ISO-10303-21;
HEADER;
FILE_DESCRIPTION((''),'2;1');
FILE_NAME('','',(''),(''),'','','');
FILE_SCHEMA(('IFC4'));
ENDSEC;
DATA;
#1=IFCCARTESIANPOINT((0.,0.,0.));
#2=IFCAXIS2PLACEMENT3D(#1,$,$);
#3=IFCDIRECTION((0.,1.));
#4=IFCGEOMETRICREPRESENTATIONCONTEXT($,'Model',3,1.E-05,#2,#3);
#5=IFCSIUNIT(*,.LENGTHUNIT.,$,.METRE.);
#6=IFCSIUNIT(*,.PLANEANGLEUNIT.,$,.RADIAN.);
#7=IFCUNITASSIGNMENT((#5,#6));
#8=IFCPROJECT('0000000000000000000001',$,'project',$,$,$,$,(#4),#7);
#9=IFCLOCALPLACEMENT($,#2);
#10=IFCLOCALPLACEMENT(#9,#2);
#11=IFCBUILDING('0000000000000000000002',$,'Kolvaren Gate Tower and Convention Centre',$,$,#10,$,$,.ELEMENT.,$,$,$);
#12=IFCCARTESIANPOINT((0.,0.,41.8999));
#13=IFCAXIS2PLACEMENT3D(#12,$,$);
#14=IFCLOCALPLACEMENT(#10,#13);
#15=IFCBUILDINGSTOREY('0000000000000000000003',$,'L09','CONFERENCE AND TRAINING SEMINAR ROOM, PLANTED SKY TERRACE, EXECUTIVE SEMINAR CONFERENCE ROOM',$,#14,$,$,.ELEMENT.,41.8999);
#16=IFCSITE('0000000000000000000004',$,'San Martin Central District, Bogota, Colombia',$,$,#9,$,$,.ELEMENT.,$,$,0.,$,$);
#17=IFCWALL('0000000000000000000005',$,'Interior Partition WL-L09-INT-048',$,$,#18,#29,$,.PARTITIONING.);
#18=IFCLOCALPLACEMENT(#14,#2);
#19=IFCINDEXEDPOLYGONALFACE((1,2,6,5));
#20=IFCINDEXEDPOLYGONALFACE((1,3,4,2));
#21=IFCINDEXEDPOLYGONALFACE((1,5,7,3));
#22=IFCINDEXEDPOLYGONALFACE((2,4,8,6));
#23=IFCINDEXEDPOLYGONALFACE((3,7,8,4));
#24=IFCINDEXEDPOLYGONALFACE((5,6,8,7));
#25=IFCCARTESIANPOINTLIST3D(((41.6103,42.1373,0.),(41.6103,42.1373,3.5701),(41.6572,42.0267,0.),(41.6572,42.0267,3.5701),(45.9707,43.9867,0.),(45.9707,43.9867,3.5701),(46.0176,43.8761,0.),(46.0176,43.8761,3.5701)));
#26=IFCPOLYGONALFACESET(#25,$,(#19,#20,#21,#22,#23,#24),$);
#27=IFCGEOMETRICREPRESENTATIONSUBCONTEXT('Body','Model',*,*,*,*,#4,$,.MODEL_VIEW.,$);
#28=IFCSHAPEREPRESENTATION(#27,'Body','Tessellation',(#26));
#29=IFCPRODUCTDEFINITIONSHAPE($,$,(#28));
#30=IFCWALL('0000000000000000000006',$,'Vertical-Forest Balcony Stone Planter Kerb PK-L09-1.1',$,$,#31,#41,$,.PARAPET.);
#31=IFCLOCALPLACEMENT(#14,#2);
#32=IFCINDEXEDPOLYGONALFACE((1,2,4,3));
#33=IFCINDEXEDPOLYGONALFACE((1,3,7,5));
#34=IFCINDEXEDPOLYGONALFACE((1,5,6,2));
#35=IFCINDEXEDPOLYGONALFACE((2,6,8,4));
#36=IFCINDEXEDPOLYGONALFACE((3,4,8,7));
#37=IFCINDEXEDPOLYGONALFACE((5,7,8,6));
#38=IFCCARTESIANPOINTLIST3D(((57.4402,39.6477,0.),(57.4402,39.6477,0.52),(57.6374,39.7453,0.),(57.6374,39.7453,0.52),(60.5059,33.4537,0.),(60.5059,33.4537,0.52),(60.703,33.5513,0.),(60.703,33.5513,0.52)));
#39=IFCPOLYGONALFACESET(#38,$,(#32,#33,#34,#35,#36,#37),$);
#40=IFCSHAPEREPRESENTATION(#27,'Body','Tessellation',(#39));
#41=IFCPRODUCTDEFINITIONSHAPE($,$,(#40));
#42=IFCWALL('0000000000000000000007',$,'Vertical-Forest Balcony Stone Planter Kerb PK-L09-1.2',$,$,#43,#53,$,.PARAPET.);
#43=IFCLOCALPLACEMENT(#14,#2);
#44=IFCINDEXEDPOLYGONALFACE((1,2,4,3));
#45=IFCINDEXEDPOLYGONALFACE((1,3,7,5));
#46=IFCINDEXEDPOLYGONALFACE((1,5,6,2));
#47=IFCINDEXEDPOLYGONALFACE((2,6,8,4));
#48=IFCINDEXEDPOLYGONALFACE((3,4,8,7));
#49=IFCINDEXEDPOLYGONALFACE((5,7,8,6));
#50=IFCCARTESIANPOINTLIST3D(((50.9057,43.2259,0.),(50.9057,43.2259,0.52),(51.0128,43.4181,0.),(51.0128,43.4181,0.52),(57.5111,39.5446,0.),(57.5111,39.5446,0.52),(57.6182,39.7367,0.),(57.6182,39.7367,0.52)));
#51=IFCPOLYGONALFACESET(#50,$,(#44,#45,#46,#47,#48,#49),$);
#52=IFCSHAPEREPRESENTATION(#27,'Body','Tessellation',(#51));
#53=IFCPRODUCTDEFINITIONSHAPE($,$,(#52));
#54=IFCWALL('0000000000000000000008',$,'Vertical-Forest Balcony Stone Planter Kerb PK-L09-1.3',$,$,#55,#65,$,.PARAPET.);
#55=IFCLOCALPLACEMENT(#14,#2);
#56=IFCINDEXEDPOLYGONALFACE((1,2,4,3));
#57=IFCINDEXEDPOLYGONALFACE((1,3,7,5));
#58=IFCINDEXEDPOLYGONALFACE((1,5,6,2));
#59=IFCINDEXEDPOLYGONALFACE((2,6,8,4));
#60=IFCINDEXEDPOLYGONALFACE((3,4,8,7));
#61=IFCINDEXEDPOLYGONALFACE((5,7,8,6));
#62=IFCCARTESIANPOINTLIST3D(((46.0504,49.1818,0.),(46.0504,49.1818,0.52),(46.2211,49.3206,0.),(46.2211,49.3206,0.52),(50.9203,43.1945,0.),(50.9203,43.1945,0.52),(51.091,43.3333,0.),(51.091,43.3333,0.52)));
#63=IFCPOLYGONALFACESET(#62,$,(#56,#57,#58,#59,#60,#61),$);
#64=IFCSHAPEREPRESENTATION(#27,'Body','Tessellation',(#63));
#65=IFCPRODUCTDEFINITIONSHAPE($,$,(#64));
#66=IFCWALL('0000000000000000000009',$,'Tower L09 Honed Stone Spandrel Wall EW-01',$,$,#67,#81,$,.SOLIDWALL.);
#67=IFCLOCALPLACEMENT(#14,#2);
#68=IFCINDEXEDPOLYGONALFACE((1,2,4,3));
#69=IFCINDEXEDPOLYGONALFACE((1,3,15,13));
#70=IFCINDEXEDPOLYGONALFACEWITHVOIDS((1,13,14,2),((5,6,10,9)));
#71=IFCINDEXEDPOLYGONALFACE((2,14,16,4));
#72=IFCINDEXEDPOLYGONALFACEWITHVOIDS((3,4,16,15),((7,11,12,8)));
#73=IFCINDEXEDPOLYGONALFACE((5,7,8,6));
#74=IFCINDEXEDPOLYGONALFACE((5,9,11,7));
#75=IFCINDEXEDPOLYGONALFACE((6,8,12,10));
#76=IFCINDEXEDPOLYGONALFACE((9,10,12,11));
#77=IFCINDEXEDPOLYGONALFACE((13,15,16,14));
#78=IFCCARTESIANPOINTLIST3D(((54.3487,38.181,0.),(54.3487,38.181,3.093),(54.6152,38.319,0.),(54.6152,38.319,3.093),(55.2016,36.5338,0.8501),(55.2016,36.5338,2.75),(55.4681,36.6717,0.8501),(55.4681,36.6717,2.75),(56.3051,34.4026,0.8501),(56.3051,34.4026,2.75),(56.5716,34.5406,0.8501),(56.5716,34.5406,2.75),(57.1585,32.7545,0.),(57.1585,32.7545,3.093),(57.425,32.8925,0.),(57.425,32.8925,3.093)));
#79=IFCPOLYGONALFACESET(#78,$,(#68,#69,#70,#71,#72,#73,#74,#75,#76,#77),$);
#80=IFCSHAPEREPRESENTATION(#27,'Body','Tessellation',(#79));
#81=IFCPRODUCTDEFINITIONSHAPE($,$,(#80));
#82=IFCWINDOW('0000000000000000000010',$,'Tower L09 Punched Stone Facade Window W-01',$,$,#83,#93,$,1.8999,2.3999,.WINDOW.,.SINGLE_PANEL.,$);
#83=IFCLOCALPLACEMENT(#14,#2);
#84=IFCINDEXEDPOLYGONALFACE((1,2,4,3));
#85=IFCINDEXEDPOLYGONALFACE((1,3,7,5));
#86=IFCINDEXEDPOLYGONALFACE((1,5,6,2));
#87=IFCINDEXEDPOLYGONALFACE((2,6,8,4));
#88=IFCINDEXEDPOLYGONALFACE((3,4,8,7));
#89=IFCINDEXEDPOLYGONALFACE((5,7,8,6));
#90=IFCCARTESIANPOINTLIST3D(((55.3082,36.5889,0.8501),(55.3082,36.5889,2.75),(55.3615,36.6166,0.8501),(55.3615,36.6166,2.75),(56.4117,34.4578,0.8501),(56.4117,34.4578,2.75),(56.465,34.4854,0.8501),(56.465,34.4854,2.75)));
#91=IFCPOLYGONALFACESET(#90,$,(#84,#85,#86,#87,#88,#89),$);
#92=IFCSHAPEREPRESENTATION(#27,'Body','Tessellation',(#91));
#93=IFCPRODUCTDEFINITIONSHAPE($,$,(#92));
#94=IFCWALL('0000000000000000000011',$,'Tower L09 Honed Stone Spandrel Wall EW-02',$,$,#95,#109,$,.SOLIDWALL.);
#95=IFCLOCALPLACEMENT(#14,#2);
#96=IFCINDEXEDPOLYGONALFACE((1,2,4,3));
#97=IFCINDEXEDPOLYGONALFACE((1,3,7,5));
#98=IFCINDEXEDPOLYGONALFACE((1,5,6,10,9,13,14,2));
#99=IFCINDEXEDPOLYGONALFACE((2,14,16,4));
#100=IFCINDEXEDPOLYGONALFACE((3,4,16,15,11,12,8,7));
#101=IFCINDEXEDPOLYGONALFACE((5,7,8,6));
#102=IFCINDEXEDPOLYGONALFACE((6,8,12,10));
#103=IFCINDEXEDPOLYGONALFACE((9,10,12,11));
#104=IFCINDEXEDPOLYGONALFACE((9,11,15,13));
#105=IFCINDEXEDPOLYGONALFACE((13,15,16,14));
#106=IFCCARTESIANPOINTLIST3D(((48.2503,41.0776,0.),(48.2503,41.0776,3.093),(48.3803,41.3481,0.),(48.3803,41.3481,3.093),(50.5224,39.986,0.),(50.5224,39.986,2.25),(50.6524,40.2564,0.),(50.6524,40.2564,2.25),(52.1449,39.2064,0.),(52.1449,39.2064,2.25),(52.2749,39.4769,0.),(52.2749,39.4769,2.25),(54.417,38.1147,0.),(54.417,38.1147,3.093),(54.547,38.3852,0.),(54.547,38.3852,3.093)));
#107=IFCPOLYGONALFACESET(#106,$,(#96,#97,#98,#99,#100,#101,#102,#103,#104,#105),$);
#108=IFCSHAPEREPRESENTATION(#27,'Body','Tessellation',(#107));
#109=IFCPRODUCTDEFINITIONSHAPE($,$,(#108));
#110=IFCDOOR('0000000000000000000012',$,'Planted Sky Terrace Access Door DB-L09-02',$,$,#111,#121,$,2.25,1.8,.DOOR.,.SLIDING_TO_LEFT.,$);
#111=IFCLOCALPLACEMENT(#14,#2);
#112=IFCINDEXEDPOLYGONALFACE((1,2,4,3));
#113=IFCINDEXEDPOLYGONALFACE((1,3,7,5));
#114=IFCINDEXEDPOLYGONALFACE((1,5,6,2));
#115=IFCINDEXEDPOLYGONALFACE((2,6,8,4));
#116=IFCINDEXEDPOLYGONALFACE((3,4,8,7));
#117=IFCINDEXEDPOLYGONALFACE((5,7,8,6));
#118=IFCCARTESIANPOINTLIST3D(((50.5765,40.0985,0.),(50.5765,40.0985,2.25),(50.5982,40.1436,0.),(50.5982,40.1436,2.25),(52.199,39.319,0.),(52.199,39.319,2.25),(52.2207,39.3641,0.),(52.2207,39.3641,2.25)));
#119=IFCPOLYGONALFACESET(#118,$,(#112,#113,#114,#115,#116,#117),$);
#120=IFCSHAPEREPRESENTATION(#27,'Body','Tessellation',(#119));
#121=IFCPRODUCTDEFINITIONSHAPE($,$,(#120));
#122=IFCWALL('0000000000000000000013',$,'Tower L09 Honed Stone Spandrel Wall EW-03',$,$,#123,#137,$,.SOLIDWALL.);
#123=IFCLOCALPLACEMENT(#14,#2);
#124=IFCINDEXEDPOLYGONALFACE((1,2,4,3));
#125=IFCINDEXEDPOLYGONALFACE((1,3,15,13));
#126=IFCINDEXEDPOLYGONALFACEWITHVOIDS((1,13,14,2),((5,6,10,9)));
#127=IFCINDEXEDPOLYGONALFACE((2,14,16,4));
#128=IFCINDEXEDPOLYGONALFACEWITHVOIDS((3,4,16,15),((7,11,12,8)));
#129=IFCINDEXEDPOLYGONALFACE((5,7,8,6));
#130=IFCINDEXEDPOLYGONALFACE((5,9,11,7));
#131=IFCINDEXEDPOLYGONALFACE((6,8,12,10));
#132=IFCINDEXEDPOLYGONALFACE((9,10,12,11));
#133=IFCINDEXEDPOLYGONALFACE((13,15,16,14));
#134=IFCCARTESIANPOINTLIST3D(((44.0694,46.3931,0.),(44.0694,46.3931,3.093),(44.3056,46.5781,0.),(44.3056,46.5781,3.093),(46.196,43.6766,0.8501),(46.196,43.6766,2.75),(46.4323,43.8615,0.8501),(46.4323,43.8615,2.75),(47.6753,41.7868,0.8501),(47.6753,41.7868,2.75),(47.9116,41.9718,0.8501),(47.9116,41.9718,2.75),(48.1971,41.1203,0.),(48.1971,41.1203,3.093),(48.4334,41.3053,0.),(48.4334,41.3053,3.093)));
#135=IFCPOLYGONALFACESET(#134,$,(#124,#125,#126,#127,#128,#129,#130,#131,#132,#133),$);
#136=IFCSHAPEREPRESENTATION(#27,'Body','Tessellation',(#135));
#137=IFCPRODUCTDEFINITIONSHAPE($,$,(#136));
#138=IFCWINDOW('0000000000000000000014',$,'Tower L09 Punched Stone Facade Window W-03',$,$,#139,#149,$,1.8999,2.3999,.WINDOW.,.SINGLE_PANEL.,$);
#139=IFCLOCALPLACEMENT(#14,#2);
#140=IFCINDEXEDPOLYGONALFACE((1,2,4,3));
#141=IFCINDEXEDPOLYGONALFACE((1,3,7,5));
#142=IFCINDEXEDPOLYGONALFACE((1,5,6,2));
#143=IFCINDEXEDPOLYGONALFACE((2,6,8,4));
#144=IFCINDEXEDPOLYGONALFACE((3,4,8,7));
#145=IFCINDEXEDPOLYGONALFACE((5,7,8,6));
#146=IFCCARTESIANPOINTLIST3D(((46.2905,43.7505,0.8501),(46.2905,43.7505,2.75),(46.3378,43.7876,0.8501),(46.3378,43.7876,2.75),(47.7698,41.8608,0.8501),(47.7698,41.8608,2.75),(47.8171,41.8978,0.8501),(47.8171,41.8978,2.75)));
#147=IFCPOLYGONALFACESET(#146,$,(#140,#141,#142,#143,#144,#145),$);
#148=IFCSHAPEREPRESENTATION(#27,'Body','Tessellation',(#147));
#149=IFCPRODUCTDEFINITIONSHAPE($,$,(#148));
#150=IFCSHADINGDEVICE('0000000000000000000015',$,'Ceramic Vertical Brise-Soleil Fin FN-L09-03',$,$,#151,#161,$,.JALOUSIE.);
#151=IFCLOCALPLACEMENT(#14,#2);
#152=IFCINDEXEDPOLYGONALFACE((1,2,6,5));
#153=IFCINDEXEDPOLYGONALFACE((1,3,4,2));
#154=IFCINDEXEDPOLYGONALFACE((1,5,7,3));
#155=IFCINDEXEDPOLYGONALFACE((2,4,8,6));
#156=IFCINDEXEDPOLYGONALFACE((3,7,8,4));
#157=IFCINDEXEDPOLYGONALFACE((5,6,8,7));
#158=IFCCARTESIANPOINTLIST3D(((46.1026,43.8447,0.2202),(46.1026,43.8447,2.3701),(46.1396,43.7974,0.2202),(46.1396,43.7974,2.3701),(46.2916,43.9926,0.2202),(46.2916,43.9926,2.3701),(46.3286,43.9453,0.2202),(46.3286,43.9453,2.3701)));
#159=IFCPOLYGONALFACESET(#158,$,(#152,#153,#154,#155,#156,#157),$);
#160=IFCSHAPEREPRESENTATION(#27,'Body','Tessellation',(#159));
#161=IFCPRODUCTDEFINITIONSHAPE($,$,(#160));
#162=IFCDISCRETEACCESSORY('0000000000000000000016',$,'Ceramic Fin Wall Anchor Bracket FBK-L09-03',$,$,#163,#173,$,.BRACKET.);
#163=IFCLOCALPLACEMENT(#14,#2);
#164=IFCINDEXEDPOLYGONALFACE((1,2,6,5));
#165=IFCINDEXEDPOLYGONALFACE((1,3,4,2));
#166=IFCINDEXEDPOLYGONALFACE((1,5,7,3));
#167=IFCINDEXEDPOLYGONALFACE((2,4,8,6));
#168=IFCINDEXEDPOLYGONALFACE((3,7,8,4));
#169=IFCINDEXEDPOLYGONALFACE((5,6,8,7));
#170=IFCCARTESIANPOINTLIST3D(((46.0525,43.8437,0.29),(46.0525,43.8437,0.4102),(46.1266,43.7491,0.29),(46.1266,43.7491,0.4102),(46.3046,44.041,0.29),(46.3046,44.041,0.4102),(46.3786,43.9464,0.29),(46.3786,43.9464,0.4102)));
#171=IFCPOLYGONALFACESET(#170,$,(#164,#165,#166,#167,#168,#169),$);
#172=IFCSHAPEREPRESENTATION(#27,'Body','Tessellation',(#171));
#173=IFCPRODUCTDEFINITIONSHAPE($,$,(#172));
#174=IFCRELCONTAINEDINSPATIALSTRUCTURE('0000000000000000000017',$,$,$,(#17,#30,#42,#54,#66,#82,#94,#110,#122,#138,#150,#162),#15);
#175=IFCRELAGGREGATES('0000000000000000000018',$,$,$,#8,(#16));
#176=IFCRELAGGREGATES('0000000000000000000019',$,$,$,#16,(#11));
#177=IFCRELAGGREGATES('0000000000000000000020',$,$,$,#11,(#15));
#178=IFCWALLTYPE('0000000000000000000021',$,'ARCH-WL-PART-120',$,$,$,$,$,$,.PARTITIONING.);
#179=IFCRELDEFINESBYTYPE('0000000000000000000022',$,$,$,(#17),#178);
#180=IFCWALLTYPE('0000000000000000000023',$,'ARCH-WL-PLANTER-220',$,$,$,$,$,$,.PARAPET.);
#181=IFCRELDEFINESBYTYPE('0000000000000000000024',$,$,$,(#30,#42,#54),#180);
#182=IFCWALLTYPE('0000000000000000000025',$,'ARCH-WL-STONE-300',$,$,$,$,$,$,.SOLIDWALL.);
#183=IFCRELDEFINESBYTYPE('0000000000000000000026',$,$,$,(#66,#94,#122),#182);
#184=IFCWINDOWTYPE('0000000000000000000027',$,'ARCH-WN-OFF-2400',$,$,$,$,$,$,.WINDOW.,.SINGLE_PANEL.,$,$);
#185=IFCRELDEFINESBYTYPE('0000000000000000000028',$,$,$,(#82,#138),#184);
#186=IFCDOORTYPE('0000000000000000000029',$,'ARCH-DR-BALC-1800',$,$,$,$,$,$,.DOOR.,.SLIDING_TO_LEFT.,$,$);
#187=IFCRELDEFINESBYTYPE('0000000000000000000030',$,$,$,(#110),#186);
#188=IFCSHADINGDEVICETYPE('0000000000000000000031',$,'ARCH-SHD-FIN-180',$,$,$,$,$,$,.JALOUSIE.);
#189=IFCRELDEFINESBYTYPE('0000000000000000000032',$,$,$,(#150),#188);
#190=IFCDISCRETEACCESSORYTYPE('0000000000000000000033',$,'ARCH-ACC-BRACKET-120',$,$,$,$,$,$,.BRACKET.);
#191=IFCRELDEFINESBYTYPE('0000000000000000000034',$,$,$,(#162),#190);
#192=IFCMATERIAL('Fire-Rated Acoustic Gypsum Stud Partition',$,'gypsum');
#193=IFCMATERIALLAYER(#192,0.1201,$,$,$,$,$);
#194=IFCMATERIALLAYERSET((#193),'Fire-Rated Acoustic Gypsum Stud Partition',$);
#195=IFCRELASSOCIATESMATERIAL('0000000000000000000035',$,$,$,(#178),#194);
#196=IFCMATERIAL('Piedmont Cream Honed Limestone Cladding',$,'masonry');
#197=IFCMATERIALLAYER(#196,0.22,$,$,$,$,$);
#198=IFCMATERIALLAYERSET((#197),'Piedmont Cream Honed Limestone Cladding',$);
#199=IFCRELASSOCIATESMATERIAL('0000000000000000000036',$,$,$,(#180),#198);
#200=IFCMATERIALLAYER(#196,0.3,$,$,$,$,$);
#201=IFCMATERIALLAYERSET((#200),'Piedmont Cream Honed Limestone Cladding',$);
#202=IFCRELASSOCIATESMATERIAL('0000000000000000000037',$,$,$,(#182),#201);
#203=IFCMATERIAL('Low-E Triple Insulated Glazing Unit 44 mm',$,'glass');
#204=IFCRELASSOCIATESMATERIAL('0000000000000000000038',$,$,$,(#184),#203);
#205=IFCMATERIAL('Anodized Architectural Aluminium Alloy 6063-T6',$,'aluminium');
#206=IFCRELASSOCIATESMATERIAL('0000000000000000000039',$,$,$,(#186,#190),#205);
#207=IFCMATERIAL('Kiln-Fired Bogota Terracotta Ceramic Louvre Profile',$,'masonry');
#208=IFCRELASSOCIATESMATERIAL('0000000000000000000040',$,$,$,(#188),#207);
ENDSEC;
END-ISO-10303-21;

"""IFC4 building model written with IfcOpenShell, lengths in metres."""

from ifc_helpers import new_model, si_unit, direction, frame, frame_2d, origin, origin_2d, place, context, subcontext, project, spatial, rectangle, extrude, material, layer, layer_set, type_object, element, fill, save


model = new_model("IFC4")

# Units and contexts
model_context = context("Model", 3, precision=1e-05, world=origin(), true_north=direction((0.0, 1.0)))
body_context = subcontext(model_context, "Body", "Model", "MODEL_VIEW")
ifc_project = project(units=[si_unit("LENGTHUNIT", "METRE"), si_unit("PLANEANGLEUNIT", "RADIAN")], contexts=[model_context])

# Site, building, storey
site_placement = place(None, origin())
site = spatial("IfcSite", under=ifc_project, at=site_placement, Name="San Martin Central District, Bogota, Colombia", CompositionType="ELEMENT", RefElevation=0.0)
building_placement = place(site_placement, origin())
building = spatial("IfcBuilding", under=site, at=building_placement, Name="Kolvaren Gate Tower and Convention Centre", CompositionType="ELEMENT")
storey_placement = place(building_placement, frame((0.0, 0.0, 41.8999)))
storey = spatial("IfcBuildingStorey", under=building, at=storey_placement, Name="L09", Description="CONFERENCE AND TRAINING SEMINAR ROOM, PLANTED SKY TERRACE, EXECUTIVE SEMINAR CONFERENCE ROOM", CompositionType="ELEMENT", Elevation=41.8999)

# Walls
ifc_material_1 = material(Name="Fire-Rated Acoustic Gypsum Stud Partition", Category="gypsum")
ifc_layer_1 = layer(ifc_material_1, 0.1201)
ifc_layer_set_1 = layer_set([ifc_layer_1], Name="Fire-Rated Acoustic Gypsum Stud Partition")
wall_type_1 = type_object("IfcWallType", Name="ARCH-WL-PART-120", PredefinedType="PARTITIONING", material=ifc_layer_set_1)
wall_1_placement = place(storey_placement, frame((41.6338, 42.082, 0.0), z_axis=(0.0, 0.0, 1.0), x_axis=(0.920618, 0.390464, 0.0)))
element("IfcWall", 1, at=wall_1_placement, inside=storey, type_object=wall_type_1, Name="Interior Partition WL-L09-INT-048", PredefinedType="PARTITIONING", context=body_context, shape_type="SweptSolid", body=[
    extrude(rectangle(XDim=4.7363, YDim=0.1201, at=frame_2d((2.3682, 0.0))), origin(), (0.0, 0.0, 1.0), 3.5701),
])
ifc_material_2 = material(Name="Piedmont Cream Honed Limestone Cladding", Category="masonry")
ifc_layer_2 = layer(ifc_material_2, 0.22)
ifc_layer_set_2 = layer_set([ifc_layer_2], Name="Piedmont Cream Honed Limestone Cladding")
wall_type_2 = type_object("IfcWallType", Name="ARCH-WL-PLANTER-220", PredefinedType="PARAPET", material=ifc_layer_set_2)
wall_2_placement = place(storey_placement, frame((57.5388, 39.6965, 0.0), z_axis=(0.0, 0.0, 1.0), x_axis=(0.443578, -0.896236, 0.0)))
element("IfcWall", 2, at=wall_2_placement, inside=storey, type_object=wall_type_2, Name="Vertical-Forest Balcony Stone Planter Kerb PK-L09-1.1", PredefinedType="PARAPET", context=body_context, shape_type="SweptSolid", body=[
    extrude(rectangle(XDim=6.9111, YDim=0.22, at=frame_2d((3.4556, 0.0))), origin(), (0.0, 0.0, 1.0), 0.52),
])
wall_3_placement = place(storey_placement, frame((50.9592, 43.322, 0.0), z_axis=(0.0, 0.0, 1.0), x_axis=(0.8735, -0.486824, 0.0)))
element("IfcWall", 3, at=wall_3_placement, inside=storey, type_object=wall_type_2, Name="Vertical-Forest Balcony Stone Planter Kerb PK-L09-1.2", PredefinedType="PARAPET", context=body_context, shape_type="SweptSolid", body=[
    extrude(rectangle(XDim=7.562, YDim=0.22, at=frame_2d((3.781, 0.0))), origin(), (0.0, 0.0, 1.0), 0.52),
])
wall_4_placement = place(storey_placement, frame((46.1357, 49.2512, 0.0), z_axis=(0.0, 0.0, 1.0), x_axis=(0.630997, -0.775785, 0.0)))
element("IfcWall", 4, at=wall_4_placement, inside=storey, type_object=wall_type_2, Name="Vertical-Forest Balcony Stone Planter Kerb PK-L09-1.3", PredefinedType="PARAPET", context=body_context, shape_type="SweptSolid", body=[
    extrude(rectangle(XDim=7.7178, YDim=0.22, at=frame_2d((3.8589, 0.0))), origin(), (0.0, 0.0, 1.0), 0.52),
])

# Wall, opening, window
ifc_layer_3 = layer(ifc_material_2, 0.3)
ifc_layer_set_3 = layer_set([ifc_layer_3], Name="Piedmont Cream Honed Limestone Cladding")
wall_type_3 = type_object("IfcWallType", Name="ARCH-WL-STONE-300", PredefinedType="SOLIDWALL", material=ifc_layer_set_3)
wall_5_placement = place(storey_placement, frame((54.4819, 38.25, 0.0), z_axis=(0.0, 0.0, 1.0), x_axis=(0.45981, -0.888017, 0.0)))
wall_5 = element("IfcWall", 5, at=wall_5_placement, inside=storey, type_object=wall_type_3, Name="Tower L09 Honed Stone Spandrel Wall EW-01", PredefinedType="SOLIDWALL", context=body_context, shape_type="SweptSolid", body=[
    extrude(rectangle(XDim=6.1108, YDim=0.3, at=frame_2d((3.0554, 0.0))), origin(), (0.0, 0.0, 1.0), 3.093),
])
opening_1_placement = place(wall_5_placement, frame((1.855, 0.0, 0.8501)))
opening_1 = element("IfcOpeningElement", 6, at=opening_1_placement, cuts=wall_5, PredefinedType="OPENING", context=body_context, shape_type="SweptSolid", body=[
    extrude(rectangle(XDim=2.3999, YDim=1.8999, at=frame_2d((1.2, 0.95))), frame((0.0, 0.1599, 0.0), z_axis=(0.0, -1.0, 0.0), x_axis=(1.0, 0.0, 0.0)), (0.0, 0.0, 1.0), 0.3201),
])
ifc_material_3 = material(Name="Low-E Triple Insulated Glazing Unit 44 mm", Category="glass")
window_type = type_object("IfcWindowType", Name="ARCH-WN-OFF-2400", PartitioningType="SINGLE_PANEL", PredefinedType="WINDOW", material=ifc_material_3)
window_1_placement = place(opening_1_placement, origin())
window_1 = element("IfcWindow", 7, at=window_1_placement, inside=storey, type_object=window_type, Name="Tower L09 Punched Stone Facade Window W-01", OverallHeight=1.8999, OverallWidth=2.3999, PartitioningType="SINGLE_PANEL", PredefinedType="WINDOW", context=body_context, shape_type="SweptSolid", body=[
    extrude(rectangle(XDim=2.3999, YDim=1.8999, at=frame_2d((1.2, 0.95))), frame((0.0, 0.03, 0.0), z_axis=(0.0, -1.0, 0.0), x_axis=(1.0, 0.0, 0.0)), (0.0, 0.0, 1.0), 0.0601),
])
fill(opening_1, window_1)

# Wall, opening, door
wall_6_placement = place(storey_placement, frame((48.3152, 41.2129, 0.0), z_axis=(0.0, 0.0, 1.0), x_axis=(0.90136, -0.43307, 0.0)))
wall_6 = element("IfcWall", 8, at=wall_6_placement, inside=storey, type_object=wall_type_3, Name="Tower L09 Honed Stone Spandrel Wall EW-02", PredefinedType="SOLIDWALL", context=body_context, shape_type="SweptSolid", body=[
    extrude(rectangle(XDim=6.8416, YDim=0.3, at=frame_2d((3.4209, 0.0))), origin(), (0.0, 0.0, 1.0), 3.093),
])
opening_2_placement = place(wall_6_placement, frame((2.521, 0.0, 0.0)))
opening_2 = element("IfcOpeningElement", 9, at=opening_2_placement, cuts=wall_6, PredefinedType="OPENING", context=body_context, shape_type="SweptSolid", body=[
    extrude(rectangle(XDim=1.8, YDim=2.25, at=frame_2d((0.8999, 1.125))), frame((0.0, 0.1599, 0.0), z_axis=(0.0, -1.0, 0.0), x_axis=(1.0, 0.0, 0.0)), (0.0, 0.0, 1.0), 0.3201),
])
ifc_material_4 = material(Name="Anodized Architectural Aluminium Alloy 6063-T6", Category="aluminium")
door_type = type_object("IfcDoorType", Name="ARCH-DR-BALC-1800", OperationType="SLIDING_TO_LEFT", PredefinedType="DOOR", material=ifc_material_4)
door_placement = place(opening_2_placement, origin())
door = element("IfcDoor", 10, at=door_placement, inside=storey, type_object=door_type, Name="Planted Sky Terrace Access Door DB-L09-02", OperationType="SLIDING_TO_LEFT", OverallHeight=2.25, OverallWidth=1.8, PredefinedType="DOOR", context=body_context, shape_type="SweptSolid", body=[
    extrude(rectangle(XDim=1.8, YDim=2.25, at=frame_2d((0.8999, 1.125))), frame((0.0, 0.0249, 0.0), z_axis=(0.0, -1.0, 0.0), x_axis=(1.0, 0.0, 0.0)), (0.0, 0.0, 1.0), 0.05),
])
fill(opening_2, door)

# Wall, opening, window
wall_7_placement = place(storey_placement, frame((44.1875, 46.4856, 0.0), z_axis=(0.0, 0.0, 1.0), x_axis=(0.616421, -0.787417, 0.0)))
wall_7 = element("IfcWall", 11, at=wall_7_placement, inside=storey, type_object=wall_type_3, Name="Tower L09 Honed Stone Spandrel Wall EW-03", PredefinedType="SOLIDWALL", context=body_context, shape_type="SweptSolid", body=[
    extrude(rectangle(XDim=6.6963, YDim=0.3, at=frame_2d((3.3481, 0.0))), origin(), (0.0, 0.0, 1.0), 3.093),
])
opening_3_placement = place(wall_7_placement, frame((3.45, 0.0, 0.8501)))
opening_3 = element("IfcOpeningElement", 12, at=opening_3_placement, cuts=wall_7, PredefinedType="OPENING", context=body_context, shape_type="SweptSolid", body=[
    extrude(rectangle(XDim=2.3999, YDim=1.8999, at=frame_2d((1.2, 0.95))), frame((0.0, 0.1599, 0.0), z_axis=(0.0, -1.0, 0.0), x_axis=(1.0, 0.0, 0.0)), (0.0, 0.0, 1.0), 0.3201),
])
window_2_placement = place(opening_3_placement, origin())
window_2 = element("IfcWindow", 13, at=window_2_placement, inside=storey, type_object=window_type, Name="Tower L09 Punched Stone Facade Window W-03", OverallHeight=1.8999, OverallWidth=2.3999, PartitioningType="SINGLE_PANEL", PredefinedType="WINDOW", context=body_context, shape_type="SweptSolid", body=[
    extrude(rectangle(XDim=2.3999, YDim=1.8999, at=frame_2d((1.2, 0.95))), frame((0.0, 0.03, 0.0), z_axis=(0.0, -1.0, 0.0), x_axis=(1.0, 0.0, 0.0)), (0.0, 0.0, 1.0), 0.0601),
])
fill(opening_3, window_2)

# Shading device
ifc_material_5 = material(Name="Kiln-Fired Bogota Terracotta Ceramic Louvre Profile", Category="masonry")
shading_device_type = type_object("IfcShadingDeviceType", Name="ARCH-SHD-FIN-180", PredefinedType="JALOUSIE", material=ifc_material_5)
shading_device_placement = place(storey_placement, frame((46.2156, 43.895, 0.2202), z_axis=(0.0, 0.0, 1.0), x_axis=(0.616424, -0.787414, 0.0)))
element("IfcShadingDevice", 14, at=shading_device_placement, inside=storey, type_object=shading_device_type, Name="Ceramic Vertical Brise-Soleil Fin FN-L09-03", PredefinedType="JALOUSIE", context=body_context, shape_type="SweptSolid", body=[
    extrude(rectangle(XDim=0.0601, YDim=0.24, at=origin_2d()), origin(), (0.0, 0.0, 1.0), 2.1499),
])

# Discrete accessory
discrete_accessory_type = type_object("IfcDiscreteAccessoryType", Name="ARCH-ACC-BRACKET-120", PredefinedType="BRACKET", material=ifc_material_4)
discrete_accessory_placement = place(storey_placement, frame((46.2156, 43.895, 0.29), z_axis=(0.0, 0.0, 1.0), x_axis=(0.616424, -0.787414, 0.0)))
element("IfcDiscreteAccessory", 15, at=discrete_accessory_placement, inside=storey, type_object=discrete_accessory_type, Name="Ceramic Fin Wall Anchor Bracket FBK-L09-03", PredefinedType="BRACKET", context=body_context, shape_type="SweptSolid", body=[
    extrude(rectangle(XDim=0.1201, YDim=0.3201, at=origin_2d()), origin(), (0.0, 0.0, 1.0), 0.1201),
])

save(model, "model.ifc")
